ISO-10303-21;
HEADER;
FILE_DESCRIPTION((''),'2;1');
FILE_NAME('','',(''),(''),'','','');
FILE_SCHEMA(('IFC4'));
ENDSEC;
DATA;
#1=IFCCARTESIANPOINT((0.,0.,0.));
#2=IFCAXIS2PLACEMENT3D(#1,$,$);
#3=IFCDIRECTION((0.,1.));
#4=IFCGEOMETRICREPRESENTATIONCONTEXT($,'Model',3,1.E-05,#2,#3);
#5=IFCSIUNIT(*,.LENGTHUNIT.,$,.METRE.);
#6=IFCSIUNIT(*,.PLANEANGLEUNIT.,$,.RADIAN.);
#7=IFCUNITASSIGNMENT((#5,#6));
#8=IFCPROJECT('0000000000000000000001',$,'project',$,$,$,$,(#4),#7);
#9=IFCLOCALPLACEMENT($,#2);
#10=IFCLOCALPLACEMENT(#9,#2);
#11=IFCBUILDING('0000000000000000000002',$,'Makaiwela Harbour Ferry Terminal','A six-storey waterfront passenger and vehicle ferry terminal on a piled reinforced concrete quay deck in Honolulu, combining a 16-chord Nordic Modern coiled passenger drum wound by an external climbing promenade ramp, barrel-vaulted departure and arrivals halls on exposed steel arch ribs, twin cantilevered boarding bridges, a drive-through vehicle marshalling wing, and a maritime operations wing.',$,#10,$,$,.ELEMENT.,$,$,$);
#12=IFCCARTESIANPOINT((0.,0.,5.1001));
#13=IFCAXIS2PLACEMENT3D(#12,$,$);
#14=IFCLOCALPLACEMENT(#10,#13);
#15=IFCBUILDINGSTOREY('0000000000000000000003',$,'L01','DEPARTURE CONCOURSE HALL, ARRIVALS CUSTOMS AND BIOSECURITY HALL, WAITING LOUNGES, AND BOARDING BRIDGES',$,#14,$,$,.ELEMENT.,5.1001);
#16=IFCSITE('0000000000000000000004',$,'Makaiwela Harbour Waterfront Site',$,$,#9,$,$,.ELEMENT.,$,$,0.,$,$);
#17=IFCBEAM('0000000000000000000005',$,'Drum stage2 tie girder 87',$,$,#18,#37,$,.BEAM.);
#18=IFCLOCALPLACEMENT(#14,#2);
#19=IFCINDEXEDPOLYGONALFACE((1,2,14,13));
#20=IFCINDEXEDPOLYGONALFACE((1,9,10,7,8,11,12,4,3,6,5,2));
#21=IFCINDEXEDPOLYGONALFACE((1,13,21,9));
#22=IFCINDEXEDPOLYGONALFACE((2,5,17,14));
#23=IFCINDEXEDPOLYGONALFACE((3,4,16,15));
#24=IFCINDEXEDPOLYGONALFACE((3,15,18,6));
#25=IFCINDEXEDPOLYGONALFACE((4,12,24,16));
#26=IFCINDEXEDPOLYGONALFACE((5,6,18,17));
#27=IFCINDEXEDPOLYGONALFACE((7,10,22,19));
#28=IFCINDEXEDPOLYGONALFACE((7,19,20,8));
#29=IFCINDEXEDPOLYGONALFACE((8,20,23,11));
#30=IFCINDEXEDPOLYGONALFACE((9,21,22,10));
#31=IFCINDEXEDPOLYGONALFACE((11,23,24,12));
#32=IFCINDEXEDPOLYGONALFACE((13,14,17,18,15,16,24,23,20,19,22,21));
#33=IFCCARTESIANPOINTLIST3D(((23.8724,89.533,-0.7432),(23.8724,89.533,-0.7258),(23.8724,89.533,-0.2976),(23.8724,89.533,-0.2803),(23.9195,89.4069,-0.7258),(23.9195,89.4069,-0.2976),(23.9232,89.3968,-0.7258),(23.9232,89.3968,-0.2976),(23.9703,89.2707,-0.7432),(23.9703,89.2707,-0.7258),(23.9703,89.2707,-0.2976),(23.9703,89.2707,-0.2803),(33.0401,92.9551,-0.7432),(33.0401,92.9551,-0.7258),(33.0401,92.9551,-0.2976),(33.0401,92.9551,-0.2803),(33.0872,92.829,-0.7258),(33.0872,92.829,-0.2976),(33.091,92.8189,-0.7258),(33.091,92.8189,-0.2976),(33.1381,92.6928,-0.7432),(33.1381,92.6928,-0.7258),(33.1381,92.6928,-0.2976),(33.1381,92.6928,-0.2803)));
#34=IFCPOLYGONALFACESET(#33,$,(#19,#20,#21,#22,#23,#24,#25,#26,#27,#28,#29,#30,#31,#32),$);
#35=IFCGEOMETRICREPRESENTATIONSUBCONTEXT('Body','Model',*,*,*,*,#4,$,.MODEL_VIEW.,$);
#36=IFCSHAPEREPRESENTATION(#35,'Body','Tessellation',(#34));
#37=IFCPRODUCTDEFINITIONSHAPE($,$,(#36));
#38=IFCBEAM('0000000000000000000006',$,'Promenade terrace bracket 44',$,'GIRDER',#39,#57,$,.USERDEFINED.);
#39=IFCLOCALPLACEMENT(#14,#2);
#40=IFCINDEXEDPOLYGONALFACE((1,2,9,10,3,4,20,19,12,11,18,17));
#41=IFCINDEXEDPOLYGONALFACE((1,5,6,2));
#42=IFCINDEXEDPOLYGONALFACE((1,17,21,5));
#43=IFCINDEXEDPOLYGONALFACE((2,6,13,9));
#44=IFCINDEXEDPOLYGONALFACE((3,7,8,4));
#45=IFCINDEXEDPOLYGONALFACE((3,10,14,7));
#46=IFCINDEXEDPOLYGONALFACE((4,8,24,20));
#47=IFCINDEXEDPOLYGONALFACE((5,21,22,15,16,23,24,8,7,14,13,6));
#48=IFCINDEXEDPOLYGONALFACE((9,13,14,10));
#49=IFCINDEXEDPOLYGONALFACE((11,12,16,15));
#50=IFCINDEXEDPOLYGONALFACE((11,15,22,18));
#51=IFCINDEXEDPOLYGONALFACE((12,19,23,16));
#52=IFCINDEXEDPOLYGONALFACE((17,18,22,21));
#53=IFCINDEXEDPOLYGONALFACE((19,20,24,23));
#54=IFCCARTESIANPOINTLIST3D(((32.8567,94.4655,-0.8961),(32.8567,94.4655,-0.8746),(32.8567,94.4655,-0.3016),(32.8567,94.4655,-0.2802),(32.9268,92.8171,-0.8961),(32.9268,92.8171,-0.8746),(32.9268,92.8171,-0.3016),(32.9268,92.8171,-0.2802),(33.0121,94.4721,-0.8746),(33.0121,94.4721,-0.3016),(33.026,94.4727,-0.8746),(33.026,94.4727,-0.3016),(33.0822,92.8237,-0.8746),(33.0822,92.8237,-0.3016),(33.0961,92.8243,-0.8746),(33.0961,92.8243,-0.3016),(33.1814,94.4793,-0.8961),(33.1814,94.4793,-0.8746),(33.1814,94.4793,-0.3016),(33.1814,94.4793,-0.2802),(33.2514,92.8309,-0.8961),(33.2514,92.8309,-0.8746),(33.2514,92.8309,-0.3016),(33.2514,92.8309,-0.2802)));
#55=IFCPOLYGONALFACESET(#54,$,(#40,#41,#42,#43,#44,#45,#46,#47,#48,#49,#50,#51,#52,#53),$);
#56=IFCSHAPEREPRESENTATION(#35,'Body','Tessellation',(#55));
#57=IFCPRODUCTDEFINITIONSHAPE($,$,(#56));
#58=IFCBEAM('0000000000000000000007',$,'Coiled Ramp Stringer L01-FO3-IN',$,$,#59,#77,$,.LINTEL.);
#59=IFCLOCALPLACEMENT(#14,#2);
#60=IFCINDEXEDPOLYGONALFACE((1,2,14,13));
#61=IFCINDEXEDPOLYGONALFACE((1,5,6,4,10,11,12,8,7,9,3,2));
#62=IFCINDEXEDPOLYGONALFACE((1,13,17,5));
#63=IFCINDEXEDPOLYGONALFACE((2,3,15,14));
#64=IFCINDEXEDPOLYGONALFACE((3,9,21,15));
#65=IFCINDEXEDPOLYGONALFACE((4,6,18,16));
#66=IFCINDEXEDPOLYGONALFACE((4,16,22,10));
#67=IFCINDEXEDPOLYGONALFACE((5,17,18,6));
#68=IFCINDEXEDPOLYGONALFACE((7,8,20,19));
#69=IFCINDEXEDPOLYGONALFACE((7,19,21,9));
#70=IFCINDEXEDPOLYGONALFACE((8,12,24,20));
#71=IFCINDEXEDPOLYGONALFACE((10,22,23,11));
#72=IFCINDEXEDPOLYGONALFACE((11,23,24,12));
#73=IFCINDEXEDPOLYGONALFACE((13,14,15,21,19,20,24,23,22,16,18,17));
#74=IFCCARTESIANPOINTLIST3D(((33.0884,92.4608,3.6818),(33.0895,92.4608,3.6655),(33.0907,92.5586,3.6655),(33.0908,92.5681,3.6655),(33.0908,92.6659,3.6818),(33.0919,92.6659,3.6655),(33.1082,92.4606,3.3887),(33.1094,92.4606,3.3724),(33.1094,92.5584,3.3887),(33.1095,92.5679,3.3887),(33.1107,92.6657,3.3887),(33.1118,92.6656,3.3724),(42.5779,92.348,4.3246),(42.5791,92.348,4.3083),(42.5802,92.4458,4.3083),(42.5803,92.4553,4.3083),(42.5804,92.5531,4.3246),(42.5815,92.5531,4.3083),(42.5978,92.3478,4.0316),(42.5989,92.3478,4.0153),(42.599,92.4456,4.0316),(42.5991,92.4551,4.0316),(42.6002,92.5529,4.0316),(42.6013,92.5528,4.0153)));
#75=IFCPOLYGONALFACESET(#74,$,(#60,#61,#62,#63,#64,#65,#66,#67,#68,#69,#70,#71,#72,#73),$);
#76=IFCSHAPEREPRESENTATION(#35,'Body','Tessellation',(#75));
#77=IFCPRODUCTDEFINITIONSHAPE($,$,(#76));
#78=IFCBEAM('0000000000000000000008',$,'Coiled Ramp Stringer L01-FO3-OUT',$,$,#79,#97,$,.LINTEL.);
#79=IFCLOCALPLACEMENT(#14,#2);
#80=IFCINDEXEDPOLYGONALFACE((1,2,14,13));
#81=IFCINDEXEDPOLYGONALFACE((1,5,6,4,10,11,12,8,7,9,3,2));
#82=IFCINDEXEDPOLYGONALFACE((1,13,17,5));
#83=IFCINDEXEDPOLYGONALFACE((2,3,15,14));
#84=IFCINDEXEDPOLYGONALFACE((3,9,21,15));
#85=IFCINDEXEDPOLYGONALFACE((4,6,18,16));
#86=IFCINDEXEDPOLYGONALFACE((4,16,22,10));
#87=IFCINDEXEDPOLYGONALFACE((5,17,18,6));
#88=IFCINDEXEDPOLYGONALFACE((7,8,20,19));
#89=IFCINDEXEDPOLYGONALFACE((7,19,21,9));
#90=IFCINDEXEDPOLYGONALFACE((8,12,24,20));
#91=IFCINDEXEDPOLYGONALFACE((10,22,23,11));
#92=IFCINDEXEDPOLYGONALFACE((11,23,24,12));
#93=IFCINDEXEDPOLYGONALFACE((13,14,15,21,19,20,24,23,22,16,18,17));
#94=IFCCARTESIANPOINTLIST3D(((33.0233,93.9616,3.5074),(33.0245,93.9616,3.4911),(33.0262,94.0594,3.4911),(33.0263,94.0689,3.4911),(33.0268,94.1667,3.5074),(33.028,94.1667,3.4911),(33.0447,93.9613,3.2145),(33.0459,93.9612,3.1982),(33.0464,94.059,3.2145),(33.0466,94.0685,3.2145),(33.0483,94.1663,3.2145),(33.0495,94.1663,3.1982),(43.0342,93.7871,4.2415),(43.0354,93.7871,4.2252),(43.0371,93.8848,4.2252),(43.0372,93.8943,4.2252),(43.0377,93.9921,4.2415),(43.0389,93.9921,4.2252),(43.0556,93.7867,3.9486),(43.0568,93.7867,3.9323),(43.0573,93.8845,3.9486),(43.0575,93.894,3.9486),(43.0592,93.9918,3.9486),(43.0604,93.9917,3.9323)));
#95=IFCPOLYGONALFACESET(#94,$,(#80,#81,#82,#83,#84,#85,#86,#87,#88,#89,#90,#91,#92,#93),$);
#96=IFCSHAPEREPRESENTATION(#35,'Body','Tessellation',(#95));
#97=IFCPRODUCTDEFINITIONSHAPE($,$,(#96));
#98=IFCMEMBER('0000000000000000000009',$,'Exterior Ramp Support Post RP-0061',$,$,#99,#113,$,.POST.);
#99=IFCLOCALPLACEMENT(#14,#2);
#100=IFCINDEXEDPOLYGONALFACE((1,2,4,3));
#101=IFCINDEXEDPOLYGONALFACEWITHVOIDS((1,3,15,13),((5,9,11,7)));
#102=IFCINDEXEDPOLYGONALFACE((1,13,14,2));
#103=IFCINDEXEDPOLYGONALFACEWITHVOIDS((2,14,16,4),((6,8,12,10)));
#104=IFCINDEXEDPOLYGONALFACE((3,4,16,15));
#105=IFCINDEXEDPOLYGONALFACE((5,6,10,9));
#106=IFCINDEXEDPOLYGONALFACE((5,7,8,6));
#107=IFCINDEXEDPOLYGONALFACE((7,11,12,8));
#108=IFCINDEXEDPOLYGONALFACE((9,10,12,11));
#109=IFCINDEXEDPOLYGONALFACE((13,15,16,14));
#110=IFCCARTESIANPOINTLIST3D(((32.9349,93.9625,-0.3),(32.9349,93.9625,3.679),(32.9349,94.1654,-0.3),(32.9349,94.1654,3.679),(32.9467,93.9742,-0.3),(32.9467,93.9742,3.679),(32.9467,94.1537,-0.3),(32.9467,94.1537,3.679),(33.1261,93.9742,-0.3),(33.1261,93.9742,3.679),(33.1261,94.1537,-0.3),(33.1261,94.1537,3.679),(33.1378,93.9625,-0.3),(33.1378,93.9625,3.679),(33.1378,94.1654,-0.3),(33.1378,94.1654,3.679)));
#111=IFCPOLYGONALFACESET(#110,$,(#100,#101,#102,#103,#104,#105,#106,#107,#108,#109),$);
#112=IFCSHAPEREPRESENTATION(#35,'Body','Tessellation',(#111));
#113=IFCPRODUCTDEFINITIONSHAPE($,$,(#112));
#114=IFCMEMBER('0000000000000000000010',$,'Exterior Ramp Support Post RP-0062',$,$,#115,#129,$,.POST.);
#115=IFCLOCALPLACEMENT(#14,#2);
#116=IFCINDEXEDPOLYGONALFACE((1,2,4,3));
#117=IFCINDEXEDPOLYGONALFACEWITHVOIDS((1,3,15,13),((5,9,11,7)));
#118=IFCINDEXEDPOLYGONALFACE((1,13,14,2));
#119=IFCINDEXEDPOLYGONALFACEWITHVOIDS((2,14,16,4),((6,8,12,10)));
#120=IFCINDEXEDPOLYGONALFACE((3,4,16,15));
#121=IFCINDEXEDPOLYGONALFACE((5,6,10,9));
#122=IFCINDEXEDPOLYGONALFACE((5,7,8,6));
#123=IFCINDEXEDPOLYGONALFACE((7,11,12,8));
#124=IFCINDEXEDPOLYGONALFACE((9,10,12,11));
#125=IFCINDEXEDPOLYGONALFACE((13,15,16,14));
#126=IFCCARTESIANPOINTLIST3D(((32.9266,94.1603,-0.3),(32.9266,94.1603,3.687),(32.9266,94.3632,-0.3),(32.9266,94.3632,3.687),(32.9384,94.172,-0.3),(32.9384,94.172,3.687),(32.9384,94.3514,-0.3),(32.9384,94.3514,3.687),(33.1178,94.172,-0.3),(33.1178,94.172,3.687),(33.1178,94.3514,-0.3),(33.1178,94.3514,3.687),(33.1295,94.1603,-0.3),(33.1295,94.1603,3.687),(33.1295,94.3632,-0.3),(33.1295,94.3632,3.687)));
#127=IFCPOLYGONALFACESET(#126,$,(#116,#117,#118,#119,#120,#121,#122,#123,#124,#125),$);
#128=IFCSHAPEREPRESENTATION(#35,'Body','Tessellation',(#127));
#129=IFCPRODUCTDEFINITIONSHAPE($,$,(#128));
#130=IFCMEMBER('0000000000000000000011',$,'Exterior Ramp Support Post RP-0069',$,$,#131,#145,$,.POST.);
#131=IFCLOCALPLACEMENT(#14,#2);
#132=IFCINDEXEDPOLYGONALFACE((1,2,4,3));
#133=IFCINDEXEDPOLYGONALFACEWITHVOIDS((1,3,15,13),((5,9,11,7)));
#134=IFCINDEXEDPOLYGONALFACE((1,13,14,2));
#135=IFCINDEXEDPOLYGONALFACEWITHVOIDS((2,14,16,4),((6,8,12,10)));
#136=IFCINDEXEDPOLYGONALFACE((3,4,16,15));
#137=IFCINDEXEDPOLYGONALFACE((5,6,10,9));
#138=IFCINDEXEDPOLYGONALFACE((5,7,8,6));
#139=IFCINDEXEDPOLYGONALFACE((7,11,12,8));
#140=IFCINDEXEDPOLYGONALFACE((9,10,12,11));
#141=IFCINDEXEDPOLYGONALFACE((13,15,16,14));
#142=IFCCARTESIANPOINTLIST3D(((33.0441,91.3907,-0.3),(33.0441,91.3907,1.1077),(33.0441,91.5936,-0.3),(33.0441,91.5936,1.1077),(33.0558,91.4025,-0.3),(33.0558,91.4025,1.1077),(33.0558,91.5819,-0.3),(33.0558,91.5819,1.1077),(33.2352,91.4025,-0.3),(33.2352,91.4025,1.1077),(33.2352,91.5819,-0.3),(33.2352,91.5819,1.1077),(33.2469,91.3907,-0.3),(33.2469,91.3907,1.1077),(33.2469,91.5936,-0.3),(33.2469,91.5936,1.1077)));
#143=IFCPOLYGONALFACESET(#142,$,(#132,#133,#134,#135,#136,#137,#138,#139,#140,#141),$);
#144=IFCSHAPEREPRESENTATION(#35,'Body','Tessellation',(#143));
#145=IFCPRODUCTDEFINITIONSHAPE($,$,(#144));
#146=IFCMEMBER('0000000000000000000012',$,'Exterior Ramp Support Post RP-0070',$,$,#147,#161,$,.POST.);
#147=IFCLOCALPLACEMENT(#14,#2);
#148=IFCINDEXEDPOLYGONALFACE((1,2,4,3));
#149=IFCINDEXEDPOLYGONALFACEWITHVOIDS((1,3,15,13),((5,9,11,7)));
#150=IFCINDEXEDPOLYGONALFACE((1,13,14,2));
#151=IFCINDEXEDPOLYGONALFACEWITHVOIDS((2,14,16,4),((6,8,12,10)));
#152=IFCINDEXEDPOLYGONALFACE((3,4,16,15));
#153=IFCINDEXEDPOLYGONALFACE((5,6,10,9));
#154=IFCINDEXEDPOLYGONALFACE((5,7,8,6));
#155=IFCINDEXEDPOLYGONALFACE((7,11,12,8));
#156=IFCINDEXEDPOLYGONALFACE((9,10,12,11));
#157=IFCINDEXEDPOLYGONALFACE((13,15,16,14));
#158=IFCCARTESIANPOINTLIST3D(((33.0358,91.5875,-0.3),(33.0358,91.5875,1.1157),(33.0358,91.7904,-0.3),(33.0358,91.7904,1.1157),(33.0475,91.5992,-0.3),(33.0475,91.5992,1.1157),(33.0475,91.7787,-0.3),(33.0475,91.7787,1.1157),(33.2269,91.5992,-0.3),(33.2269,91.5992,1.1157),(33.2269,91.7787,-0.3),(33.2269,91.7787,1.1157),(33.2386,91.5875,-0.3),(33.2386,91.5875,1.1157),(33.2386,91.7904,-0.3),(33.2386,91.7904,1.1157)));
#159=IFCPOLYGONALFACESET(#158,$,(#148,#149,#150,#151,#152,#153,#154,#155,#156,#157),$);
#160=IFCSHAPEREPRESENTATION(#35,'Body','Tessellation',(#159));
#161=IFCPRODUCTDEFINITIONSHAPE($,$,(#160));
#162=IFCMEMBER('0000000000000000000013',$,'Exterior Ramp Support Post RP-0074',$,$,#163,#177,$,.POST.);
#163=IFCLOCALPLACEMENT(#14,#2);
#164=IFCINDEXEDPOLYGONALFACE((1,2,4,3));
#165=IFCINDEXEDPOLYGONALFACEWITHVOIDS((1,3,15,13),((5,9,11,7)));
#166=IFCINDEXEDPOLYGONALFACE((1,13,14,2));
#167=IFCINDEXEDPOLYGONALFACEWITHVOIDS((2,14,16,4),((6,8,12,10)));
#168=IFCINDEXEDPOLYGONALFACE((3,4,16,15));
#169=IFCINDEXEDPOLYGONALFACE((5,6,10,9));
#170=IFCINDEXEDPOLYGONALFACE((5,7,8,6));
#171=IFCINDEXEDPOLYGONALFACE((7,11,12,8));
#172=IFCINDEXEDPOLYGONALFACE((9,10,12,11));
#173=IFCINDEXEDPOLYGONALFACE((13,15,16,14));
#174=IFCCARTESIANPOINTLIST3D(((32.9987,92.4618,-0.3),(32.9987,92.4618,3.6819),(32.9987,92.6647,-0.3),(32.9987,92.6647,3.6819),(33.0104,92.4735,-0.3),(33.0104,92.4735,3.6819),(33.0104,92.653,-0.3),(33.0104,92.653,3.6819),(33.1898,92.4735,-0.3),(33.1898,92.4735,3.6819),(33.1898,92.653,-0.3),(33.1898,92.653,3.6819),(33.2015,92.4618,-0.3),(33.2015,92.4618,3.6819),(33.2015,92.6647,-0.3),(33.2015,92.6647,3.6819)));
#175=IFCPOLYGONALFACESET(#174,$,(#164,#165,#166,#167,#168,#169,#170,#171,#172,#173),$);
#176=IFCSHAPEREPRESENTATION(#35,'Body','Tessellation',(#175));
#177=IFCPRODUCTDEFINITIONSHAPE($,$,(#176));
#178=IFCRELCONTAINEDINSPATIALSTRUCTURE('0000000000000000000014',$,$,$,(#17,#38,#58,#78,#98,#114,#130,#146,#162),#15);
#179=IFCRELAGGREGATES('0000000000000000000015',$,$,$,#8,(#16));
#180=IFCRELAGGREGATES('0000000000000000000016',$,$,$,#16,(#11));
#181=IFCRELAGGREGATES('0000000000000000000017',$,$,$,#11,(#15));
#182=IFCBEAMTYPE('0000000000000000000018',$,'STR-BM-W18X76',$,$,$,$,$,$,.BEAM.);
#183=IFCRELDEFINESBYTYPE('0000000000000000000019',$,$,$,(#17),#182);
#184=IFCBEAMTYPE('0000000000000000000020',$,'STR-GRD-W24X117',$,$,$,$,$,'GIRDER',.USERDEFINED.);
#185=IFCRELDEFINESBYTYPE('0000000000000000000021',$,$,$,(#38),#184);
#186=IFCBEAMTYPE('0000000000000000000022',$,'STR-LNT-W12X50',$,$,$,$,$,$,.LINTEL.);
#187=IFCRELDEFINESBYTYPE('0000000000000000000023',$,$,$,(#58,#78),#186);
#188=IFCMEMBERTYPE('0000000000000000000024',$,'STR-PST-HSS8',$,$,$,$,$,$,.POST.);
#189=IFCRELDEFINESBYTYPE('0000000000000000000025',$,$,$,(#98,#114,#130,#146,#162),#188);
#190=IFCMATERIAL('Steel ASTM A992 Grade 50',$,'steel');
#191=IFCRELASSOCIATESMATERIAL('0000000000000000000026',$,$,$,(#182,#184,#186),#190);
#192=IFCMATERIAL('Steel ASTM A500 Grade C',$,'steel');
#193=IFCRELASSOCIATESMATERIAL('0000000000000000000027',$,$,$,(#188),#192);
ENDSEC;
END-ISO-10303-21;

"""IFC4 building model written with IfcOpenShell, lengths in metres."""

from ifc_helpers import new_model, si_unit, direction, frame, origin, origin_2d, place, context, subcontext, project, spatial, hollow_rectangle, i_section, extrude, material, material_profile, profile_set, type_object, element, save


model = new_model("IFC4")

# Units and contexts
model_context = context("Model", 3, precision=1e-05, world=origin(), true_north=direction((0.0, 1.0)))
body_context = subcontext(model_context, "Body", "Model", "MODEL_VIEW")
ifc_project = project(units=[si_unit("LENGTHUNIT", "METRE"), si_unit("PLANEANGLEUNIT", "RADIAN")], contexts=[model_context])

# Site, building, storey
site_placement = place(None, origin())
site = spatial("IfcSite", under=ifc_project, at=site_placement, Name="Makaiwela Harbour Waterfront Site", CompositionType="ELEMENT", RefElevation=0.0)
building_placement = place(site_placement, origin())
building = spatial("IfcBuilding", under=site, at=building_placement, Name="Makaiwela Harbour Ferry Terminal", Description="A six-storey waterfront passenger and vehicle ferry terminal on a piled reinforced concrete quay deck in Honolulu, combining a 16-chord Nordic Modern coiled passenger drum wound by an external climbing promenade ramp, barrel-vaulted departure and arrivals halls on exposed steel arch ribs, twin cantilevered boarding bridges, a drive-through vehicle marshalling wing, and a maritime operations wing.", CompositionType="ELEMENT")
storey_placement = place(building_placement, frame((0.0, 0.0, 5.1001)))
storey = spatial("IfcBuildingStorey", under=building, at=storey_placement, Name="L01", Description="DEPARTURE CONCOURSE HALL, ARRIVALS CUSTOMS AND BIOSECURITY HALL, WAITING LOUNGES, AND BOARDING BRIDGES", CompositionType="ELEMENT", Elevation=5.1001)

# Beams
ifc_material_1 = material(Name="Steel ASTM A992 Grade 50", Category="steel")
ifc_material_profile_1 = material_profile(ifc_material_1, i_section(OverallWidth=0.28, OverallDepth=0.4629, WebThickness=0.0107, FlangeThickness=0.0173, at=origin_2d()), Name="W18X76")
ifc_profile_set_1 = profile_set([ifc_material_profile_1], Name="Steel ASTM A992 Grade 50")
beam_type_1 = type_object("IfcBeamType", Name="STR-BM-W18X76", PredefinedType="BEAM", material=ifc_profile_set_1)
beam_1_placement = place(storey_placement, frame((33.0891, 92.824, -0.5117), z_axis=(-0.936858, -0.349709, 0.0), x_axis=(0.349709, -0.936858, 0.0)))
element("IfcBeam", 1, at=beam_1_placement, inside=storey, type_object=beam_type_1, Name="Drum stage2 tie girder 87", PredefinedType="BEAM", context=body_context, shape_type="SweptSolid", body=[
    extrude(i_section(OverallWidth=0.28, OverallDepth=0.4629, WebThickness=0.0107, FlangeThickness=0.0173, at=origin_2d()), origin(), (0.0, 0.0, 1.0), 9.7856),
])
ifc_material_profile_2 = material_profile(ifc_material_1, i_section(OverallWidth=0.325, OverallDepth=0.616, WebThickness=0.0139, FlangeThickness=0.0215, at=origin_2d()), Name="W24X117")
ifc_profile_set_2 = profile_set([ifc_material_profile_2], Name="Steel ASTM A992 Grade 50")
beam_type_2 = type_object("IfcBeamType", Name="STR-GRD-W24X117", ElementType="GIRDER", PredefinedType="USERDEFINED", material=ifc_profile_set_2)
beam_2_placement = place(storey_placement, frame((33.0891, 92.824, -0.5881), z_axis=(-0.042468, 0.999098, 0.0), x_axis=(-0.999098, -0.042468, 0.0)))
element("IfcBeam", 2, at=beam_2_placement, inside=storey, type_object=beam_type_2, Name="Promenade terrace bracket 44", ObjectType="GIRDER", PredefinedType="USERDEFINED", context=body_context, shape_type="SweptSolid", body=[
    extrude(i_section(OverallWidth=0.325, OverallDepth=0.616, WebThickness=0.0139, FlangeThickness=0.0215, at=origin_2d()), origin(), (0.0, 0.0, 1.0), 1.6499),
])
ifc_material_profile_3 = material_profile(ifc_material_1, i_section(OverallWidth=0.2051, OverallDepth=0.3101, WebThickness=0.0095, FlangeThickness=0.0164, at=origin_2d()), Name="W12X50")
ifc_profile_set_3 = profile_set([ifc_material_profile_3], Name="Steel ASTM A992 Grade 50")
beam_type_3 = type_object("IfcBeamType", Name="STR-LNT-W12X50", PredefinedType="LINTEL", material=ifc_profile_set_3)
beam_3_placement = place(storey_placement, frame((33.1001, 92.5632, 3.5271), z_axis=(0.997643, -0.011858, 0.067581), x_axis=(0.011885, 0.999929, 0.0)))
element("IfcBeam", 3, at=beam_3_placement, inside=storey, type_object=beam_type_3, Name="Coiled Ramp Stringer L01-FO3-IN", PredefinedType="LINTEL", context=body_context, shape_type="SweptSolid", body=[
    extrude(i_section(OverallWidth=0.2051, OverallDepth=0.3101, WebThickness=0.0095, FlangeThickness=0.0164, at=origin_2d()), origin(), (0.0, 0.0, 1.0), 9.512),
])
beam_4_placement = place(storey_placement, frame((33.0364, 94.064, 3.3528), z_axis=(0.997171, -0.017388, 0.073125), x_axis=(0.017434, 0.999848, 0.0)))
element("IfcBeam", 4, at=beam_4_placement, inside=storey, type_object=beam_type_3, Name="Coiled Ramp Stringer L01-FO3-OUT", PredefinedType="LINTEL", context=body_context, shape_type="SweptSolid", body=[
    extrude(i_section(OverallWidth=0.2051, OverallDepth=0.3101, WebThickness=0.0095, FlangeThickness=0.0164, at=origin_2d()), origin(), (0.0, 0.0, 1.0), 10.0393),
])

# Members
ifc_material_2 = material(Name="Steel ASTM A500 Grade C", Category="steel")
ifc_material_profile_4 = material_profile(ifc_material_2, hollow_rectangle(XDim=0.2029, YDim=0.2029, WallThickness=0.0117, at=origin_2d()), Name="HSS8X8X1/2")
ifc_profile_set_4 = profile_set([ifc_material_profile_4], Name="Steel ASTM A500 Grade C")
member_type = type_object("IfcMemberType", Name="STR-PST-HSS8", PredefinedType="POST", material=ifc_profile_set_4)
member_1_placement = place(storey_placement, frame((33.0364, 94.064, -0.3), z_axis=(0.0, 0.0, 1.0), x_axis=(1.0, 0.0, 0.0)))
element("IfcMember", 5, at=member_1_placement, inside=storey, type_object=member_type, Name="Exterior Ramp Support Post RP-0061", PredefinedType="POST", context=body_context, shape_type="SweptSolid", body=[
    extrude(hollow_rectangle(XDim=0.2029, YDim=0.2029, WallThickness=0.0117, at=origin_2d()), origin(), (0.0, 0.0, 1.0), 3.979),
])
member_2_placement = place(storey_placement, frame((33.0281, 94.2617, -0.3), z_axis=(0.0, 0.0, 1.0), x_axis=(1.0, 0.0, 0.0)))
element("IfcMember", 6, at=member_2_placement, inside=storey, type_object=member_type, Name="Exterior Ramp Support Post RP-0062", PredefinedType="POST", context=body_context, shape_type="SweptSolid", body=[
    extrude(hollow_rectangle(XDim=0.2029, YDim=0.2029, WallThickness=0.0117, at=origin_2d()), origin(), (0.0, 0.0, 1.0), 3.9871),
])
member_3_placement = place(storey_placement, frame((33.1455, 91.4922, -0.3), z_axis=(0.0, 0.0, 1.0), x_axis=(1.0, 0.0, 0.0)))
element("IfcMember", 7, at=member_3_placement, inside=storey, type_object=member_type, Name="Exterior Ramp Support Post RP-0069", PredefinedType="POST", context=body_context, shape_type="SweptSolid", body=[
    extrude(hollow_rectangle(XDim=0.2029, YDim=0.2029, WallThickness=0.0117, at=origin_2d()), origin(), (0.0, 0.0, 1.0), 1.4077),
])
member_4_placement = place(storey_placement, frame((33.1372, 91.689, -0.3), z_axis=(0.0, 0.0, 1.0), x_axis=(1.0, 0.0, 0.0)))
element("IfcMember", 8, at=member_4_placement, inside=storey, type_object=member_type, Name="Exterior Ramp Support Post RP-0070", PredefinedType="POST", context=body_context, shape_type="SweptSolid", body=[
    extrude(hollow_rectangle(XDim=0.2029, YDim=0.2029, WallThickness=0.0117, at=origin_2d()), origin(), (0.0, 0.0, 1.0), 1.4158),
])
member_5_placement = place(storey_placement, frame((33.1001, 92.5632, -0.3), z_axis=(0.0, 0.0, 1.0), x_axis=(1.0, 0.0, 0.0)))
element("IfcMember", 9, at=member_5_placement, inside=storey, type_object=member_type, Name="Exterior Ramp Support Post RP-0074", PredefinedType="POST", context=body_context, shape_type="SweptSolid", body=[
    extrude(hollow_rectangle(XDim=0.2029, YDim=0.2029, WallThickness=0.0117, at=origin_2d()), origin(), (0.0, 0.0, 1.0), 3.9819),
])

save(model, "model.ifc")
